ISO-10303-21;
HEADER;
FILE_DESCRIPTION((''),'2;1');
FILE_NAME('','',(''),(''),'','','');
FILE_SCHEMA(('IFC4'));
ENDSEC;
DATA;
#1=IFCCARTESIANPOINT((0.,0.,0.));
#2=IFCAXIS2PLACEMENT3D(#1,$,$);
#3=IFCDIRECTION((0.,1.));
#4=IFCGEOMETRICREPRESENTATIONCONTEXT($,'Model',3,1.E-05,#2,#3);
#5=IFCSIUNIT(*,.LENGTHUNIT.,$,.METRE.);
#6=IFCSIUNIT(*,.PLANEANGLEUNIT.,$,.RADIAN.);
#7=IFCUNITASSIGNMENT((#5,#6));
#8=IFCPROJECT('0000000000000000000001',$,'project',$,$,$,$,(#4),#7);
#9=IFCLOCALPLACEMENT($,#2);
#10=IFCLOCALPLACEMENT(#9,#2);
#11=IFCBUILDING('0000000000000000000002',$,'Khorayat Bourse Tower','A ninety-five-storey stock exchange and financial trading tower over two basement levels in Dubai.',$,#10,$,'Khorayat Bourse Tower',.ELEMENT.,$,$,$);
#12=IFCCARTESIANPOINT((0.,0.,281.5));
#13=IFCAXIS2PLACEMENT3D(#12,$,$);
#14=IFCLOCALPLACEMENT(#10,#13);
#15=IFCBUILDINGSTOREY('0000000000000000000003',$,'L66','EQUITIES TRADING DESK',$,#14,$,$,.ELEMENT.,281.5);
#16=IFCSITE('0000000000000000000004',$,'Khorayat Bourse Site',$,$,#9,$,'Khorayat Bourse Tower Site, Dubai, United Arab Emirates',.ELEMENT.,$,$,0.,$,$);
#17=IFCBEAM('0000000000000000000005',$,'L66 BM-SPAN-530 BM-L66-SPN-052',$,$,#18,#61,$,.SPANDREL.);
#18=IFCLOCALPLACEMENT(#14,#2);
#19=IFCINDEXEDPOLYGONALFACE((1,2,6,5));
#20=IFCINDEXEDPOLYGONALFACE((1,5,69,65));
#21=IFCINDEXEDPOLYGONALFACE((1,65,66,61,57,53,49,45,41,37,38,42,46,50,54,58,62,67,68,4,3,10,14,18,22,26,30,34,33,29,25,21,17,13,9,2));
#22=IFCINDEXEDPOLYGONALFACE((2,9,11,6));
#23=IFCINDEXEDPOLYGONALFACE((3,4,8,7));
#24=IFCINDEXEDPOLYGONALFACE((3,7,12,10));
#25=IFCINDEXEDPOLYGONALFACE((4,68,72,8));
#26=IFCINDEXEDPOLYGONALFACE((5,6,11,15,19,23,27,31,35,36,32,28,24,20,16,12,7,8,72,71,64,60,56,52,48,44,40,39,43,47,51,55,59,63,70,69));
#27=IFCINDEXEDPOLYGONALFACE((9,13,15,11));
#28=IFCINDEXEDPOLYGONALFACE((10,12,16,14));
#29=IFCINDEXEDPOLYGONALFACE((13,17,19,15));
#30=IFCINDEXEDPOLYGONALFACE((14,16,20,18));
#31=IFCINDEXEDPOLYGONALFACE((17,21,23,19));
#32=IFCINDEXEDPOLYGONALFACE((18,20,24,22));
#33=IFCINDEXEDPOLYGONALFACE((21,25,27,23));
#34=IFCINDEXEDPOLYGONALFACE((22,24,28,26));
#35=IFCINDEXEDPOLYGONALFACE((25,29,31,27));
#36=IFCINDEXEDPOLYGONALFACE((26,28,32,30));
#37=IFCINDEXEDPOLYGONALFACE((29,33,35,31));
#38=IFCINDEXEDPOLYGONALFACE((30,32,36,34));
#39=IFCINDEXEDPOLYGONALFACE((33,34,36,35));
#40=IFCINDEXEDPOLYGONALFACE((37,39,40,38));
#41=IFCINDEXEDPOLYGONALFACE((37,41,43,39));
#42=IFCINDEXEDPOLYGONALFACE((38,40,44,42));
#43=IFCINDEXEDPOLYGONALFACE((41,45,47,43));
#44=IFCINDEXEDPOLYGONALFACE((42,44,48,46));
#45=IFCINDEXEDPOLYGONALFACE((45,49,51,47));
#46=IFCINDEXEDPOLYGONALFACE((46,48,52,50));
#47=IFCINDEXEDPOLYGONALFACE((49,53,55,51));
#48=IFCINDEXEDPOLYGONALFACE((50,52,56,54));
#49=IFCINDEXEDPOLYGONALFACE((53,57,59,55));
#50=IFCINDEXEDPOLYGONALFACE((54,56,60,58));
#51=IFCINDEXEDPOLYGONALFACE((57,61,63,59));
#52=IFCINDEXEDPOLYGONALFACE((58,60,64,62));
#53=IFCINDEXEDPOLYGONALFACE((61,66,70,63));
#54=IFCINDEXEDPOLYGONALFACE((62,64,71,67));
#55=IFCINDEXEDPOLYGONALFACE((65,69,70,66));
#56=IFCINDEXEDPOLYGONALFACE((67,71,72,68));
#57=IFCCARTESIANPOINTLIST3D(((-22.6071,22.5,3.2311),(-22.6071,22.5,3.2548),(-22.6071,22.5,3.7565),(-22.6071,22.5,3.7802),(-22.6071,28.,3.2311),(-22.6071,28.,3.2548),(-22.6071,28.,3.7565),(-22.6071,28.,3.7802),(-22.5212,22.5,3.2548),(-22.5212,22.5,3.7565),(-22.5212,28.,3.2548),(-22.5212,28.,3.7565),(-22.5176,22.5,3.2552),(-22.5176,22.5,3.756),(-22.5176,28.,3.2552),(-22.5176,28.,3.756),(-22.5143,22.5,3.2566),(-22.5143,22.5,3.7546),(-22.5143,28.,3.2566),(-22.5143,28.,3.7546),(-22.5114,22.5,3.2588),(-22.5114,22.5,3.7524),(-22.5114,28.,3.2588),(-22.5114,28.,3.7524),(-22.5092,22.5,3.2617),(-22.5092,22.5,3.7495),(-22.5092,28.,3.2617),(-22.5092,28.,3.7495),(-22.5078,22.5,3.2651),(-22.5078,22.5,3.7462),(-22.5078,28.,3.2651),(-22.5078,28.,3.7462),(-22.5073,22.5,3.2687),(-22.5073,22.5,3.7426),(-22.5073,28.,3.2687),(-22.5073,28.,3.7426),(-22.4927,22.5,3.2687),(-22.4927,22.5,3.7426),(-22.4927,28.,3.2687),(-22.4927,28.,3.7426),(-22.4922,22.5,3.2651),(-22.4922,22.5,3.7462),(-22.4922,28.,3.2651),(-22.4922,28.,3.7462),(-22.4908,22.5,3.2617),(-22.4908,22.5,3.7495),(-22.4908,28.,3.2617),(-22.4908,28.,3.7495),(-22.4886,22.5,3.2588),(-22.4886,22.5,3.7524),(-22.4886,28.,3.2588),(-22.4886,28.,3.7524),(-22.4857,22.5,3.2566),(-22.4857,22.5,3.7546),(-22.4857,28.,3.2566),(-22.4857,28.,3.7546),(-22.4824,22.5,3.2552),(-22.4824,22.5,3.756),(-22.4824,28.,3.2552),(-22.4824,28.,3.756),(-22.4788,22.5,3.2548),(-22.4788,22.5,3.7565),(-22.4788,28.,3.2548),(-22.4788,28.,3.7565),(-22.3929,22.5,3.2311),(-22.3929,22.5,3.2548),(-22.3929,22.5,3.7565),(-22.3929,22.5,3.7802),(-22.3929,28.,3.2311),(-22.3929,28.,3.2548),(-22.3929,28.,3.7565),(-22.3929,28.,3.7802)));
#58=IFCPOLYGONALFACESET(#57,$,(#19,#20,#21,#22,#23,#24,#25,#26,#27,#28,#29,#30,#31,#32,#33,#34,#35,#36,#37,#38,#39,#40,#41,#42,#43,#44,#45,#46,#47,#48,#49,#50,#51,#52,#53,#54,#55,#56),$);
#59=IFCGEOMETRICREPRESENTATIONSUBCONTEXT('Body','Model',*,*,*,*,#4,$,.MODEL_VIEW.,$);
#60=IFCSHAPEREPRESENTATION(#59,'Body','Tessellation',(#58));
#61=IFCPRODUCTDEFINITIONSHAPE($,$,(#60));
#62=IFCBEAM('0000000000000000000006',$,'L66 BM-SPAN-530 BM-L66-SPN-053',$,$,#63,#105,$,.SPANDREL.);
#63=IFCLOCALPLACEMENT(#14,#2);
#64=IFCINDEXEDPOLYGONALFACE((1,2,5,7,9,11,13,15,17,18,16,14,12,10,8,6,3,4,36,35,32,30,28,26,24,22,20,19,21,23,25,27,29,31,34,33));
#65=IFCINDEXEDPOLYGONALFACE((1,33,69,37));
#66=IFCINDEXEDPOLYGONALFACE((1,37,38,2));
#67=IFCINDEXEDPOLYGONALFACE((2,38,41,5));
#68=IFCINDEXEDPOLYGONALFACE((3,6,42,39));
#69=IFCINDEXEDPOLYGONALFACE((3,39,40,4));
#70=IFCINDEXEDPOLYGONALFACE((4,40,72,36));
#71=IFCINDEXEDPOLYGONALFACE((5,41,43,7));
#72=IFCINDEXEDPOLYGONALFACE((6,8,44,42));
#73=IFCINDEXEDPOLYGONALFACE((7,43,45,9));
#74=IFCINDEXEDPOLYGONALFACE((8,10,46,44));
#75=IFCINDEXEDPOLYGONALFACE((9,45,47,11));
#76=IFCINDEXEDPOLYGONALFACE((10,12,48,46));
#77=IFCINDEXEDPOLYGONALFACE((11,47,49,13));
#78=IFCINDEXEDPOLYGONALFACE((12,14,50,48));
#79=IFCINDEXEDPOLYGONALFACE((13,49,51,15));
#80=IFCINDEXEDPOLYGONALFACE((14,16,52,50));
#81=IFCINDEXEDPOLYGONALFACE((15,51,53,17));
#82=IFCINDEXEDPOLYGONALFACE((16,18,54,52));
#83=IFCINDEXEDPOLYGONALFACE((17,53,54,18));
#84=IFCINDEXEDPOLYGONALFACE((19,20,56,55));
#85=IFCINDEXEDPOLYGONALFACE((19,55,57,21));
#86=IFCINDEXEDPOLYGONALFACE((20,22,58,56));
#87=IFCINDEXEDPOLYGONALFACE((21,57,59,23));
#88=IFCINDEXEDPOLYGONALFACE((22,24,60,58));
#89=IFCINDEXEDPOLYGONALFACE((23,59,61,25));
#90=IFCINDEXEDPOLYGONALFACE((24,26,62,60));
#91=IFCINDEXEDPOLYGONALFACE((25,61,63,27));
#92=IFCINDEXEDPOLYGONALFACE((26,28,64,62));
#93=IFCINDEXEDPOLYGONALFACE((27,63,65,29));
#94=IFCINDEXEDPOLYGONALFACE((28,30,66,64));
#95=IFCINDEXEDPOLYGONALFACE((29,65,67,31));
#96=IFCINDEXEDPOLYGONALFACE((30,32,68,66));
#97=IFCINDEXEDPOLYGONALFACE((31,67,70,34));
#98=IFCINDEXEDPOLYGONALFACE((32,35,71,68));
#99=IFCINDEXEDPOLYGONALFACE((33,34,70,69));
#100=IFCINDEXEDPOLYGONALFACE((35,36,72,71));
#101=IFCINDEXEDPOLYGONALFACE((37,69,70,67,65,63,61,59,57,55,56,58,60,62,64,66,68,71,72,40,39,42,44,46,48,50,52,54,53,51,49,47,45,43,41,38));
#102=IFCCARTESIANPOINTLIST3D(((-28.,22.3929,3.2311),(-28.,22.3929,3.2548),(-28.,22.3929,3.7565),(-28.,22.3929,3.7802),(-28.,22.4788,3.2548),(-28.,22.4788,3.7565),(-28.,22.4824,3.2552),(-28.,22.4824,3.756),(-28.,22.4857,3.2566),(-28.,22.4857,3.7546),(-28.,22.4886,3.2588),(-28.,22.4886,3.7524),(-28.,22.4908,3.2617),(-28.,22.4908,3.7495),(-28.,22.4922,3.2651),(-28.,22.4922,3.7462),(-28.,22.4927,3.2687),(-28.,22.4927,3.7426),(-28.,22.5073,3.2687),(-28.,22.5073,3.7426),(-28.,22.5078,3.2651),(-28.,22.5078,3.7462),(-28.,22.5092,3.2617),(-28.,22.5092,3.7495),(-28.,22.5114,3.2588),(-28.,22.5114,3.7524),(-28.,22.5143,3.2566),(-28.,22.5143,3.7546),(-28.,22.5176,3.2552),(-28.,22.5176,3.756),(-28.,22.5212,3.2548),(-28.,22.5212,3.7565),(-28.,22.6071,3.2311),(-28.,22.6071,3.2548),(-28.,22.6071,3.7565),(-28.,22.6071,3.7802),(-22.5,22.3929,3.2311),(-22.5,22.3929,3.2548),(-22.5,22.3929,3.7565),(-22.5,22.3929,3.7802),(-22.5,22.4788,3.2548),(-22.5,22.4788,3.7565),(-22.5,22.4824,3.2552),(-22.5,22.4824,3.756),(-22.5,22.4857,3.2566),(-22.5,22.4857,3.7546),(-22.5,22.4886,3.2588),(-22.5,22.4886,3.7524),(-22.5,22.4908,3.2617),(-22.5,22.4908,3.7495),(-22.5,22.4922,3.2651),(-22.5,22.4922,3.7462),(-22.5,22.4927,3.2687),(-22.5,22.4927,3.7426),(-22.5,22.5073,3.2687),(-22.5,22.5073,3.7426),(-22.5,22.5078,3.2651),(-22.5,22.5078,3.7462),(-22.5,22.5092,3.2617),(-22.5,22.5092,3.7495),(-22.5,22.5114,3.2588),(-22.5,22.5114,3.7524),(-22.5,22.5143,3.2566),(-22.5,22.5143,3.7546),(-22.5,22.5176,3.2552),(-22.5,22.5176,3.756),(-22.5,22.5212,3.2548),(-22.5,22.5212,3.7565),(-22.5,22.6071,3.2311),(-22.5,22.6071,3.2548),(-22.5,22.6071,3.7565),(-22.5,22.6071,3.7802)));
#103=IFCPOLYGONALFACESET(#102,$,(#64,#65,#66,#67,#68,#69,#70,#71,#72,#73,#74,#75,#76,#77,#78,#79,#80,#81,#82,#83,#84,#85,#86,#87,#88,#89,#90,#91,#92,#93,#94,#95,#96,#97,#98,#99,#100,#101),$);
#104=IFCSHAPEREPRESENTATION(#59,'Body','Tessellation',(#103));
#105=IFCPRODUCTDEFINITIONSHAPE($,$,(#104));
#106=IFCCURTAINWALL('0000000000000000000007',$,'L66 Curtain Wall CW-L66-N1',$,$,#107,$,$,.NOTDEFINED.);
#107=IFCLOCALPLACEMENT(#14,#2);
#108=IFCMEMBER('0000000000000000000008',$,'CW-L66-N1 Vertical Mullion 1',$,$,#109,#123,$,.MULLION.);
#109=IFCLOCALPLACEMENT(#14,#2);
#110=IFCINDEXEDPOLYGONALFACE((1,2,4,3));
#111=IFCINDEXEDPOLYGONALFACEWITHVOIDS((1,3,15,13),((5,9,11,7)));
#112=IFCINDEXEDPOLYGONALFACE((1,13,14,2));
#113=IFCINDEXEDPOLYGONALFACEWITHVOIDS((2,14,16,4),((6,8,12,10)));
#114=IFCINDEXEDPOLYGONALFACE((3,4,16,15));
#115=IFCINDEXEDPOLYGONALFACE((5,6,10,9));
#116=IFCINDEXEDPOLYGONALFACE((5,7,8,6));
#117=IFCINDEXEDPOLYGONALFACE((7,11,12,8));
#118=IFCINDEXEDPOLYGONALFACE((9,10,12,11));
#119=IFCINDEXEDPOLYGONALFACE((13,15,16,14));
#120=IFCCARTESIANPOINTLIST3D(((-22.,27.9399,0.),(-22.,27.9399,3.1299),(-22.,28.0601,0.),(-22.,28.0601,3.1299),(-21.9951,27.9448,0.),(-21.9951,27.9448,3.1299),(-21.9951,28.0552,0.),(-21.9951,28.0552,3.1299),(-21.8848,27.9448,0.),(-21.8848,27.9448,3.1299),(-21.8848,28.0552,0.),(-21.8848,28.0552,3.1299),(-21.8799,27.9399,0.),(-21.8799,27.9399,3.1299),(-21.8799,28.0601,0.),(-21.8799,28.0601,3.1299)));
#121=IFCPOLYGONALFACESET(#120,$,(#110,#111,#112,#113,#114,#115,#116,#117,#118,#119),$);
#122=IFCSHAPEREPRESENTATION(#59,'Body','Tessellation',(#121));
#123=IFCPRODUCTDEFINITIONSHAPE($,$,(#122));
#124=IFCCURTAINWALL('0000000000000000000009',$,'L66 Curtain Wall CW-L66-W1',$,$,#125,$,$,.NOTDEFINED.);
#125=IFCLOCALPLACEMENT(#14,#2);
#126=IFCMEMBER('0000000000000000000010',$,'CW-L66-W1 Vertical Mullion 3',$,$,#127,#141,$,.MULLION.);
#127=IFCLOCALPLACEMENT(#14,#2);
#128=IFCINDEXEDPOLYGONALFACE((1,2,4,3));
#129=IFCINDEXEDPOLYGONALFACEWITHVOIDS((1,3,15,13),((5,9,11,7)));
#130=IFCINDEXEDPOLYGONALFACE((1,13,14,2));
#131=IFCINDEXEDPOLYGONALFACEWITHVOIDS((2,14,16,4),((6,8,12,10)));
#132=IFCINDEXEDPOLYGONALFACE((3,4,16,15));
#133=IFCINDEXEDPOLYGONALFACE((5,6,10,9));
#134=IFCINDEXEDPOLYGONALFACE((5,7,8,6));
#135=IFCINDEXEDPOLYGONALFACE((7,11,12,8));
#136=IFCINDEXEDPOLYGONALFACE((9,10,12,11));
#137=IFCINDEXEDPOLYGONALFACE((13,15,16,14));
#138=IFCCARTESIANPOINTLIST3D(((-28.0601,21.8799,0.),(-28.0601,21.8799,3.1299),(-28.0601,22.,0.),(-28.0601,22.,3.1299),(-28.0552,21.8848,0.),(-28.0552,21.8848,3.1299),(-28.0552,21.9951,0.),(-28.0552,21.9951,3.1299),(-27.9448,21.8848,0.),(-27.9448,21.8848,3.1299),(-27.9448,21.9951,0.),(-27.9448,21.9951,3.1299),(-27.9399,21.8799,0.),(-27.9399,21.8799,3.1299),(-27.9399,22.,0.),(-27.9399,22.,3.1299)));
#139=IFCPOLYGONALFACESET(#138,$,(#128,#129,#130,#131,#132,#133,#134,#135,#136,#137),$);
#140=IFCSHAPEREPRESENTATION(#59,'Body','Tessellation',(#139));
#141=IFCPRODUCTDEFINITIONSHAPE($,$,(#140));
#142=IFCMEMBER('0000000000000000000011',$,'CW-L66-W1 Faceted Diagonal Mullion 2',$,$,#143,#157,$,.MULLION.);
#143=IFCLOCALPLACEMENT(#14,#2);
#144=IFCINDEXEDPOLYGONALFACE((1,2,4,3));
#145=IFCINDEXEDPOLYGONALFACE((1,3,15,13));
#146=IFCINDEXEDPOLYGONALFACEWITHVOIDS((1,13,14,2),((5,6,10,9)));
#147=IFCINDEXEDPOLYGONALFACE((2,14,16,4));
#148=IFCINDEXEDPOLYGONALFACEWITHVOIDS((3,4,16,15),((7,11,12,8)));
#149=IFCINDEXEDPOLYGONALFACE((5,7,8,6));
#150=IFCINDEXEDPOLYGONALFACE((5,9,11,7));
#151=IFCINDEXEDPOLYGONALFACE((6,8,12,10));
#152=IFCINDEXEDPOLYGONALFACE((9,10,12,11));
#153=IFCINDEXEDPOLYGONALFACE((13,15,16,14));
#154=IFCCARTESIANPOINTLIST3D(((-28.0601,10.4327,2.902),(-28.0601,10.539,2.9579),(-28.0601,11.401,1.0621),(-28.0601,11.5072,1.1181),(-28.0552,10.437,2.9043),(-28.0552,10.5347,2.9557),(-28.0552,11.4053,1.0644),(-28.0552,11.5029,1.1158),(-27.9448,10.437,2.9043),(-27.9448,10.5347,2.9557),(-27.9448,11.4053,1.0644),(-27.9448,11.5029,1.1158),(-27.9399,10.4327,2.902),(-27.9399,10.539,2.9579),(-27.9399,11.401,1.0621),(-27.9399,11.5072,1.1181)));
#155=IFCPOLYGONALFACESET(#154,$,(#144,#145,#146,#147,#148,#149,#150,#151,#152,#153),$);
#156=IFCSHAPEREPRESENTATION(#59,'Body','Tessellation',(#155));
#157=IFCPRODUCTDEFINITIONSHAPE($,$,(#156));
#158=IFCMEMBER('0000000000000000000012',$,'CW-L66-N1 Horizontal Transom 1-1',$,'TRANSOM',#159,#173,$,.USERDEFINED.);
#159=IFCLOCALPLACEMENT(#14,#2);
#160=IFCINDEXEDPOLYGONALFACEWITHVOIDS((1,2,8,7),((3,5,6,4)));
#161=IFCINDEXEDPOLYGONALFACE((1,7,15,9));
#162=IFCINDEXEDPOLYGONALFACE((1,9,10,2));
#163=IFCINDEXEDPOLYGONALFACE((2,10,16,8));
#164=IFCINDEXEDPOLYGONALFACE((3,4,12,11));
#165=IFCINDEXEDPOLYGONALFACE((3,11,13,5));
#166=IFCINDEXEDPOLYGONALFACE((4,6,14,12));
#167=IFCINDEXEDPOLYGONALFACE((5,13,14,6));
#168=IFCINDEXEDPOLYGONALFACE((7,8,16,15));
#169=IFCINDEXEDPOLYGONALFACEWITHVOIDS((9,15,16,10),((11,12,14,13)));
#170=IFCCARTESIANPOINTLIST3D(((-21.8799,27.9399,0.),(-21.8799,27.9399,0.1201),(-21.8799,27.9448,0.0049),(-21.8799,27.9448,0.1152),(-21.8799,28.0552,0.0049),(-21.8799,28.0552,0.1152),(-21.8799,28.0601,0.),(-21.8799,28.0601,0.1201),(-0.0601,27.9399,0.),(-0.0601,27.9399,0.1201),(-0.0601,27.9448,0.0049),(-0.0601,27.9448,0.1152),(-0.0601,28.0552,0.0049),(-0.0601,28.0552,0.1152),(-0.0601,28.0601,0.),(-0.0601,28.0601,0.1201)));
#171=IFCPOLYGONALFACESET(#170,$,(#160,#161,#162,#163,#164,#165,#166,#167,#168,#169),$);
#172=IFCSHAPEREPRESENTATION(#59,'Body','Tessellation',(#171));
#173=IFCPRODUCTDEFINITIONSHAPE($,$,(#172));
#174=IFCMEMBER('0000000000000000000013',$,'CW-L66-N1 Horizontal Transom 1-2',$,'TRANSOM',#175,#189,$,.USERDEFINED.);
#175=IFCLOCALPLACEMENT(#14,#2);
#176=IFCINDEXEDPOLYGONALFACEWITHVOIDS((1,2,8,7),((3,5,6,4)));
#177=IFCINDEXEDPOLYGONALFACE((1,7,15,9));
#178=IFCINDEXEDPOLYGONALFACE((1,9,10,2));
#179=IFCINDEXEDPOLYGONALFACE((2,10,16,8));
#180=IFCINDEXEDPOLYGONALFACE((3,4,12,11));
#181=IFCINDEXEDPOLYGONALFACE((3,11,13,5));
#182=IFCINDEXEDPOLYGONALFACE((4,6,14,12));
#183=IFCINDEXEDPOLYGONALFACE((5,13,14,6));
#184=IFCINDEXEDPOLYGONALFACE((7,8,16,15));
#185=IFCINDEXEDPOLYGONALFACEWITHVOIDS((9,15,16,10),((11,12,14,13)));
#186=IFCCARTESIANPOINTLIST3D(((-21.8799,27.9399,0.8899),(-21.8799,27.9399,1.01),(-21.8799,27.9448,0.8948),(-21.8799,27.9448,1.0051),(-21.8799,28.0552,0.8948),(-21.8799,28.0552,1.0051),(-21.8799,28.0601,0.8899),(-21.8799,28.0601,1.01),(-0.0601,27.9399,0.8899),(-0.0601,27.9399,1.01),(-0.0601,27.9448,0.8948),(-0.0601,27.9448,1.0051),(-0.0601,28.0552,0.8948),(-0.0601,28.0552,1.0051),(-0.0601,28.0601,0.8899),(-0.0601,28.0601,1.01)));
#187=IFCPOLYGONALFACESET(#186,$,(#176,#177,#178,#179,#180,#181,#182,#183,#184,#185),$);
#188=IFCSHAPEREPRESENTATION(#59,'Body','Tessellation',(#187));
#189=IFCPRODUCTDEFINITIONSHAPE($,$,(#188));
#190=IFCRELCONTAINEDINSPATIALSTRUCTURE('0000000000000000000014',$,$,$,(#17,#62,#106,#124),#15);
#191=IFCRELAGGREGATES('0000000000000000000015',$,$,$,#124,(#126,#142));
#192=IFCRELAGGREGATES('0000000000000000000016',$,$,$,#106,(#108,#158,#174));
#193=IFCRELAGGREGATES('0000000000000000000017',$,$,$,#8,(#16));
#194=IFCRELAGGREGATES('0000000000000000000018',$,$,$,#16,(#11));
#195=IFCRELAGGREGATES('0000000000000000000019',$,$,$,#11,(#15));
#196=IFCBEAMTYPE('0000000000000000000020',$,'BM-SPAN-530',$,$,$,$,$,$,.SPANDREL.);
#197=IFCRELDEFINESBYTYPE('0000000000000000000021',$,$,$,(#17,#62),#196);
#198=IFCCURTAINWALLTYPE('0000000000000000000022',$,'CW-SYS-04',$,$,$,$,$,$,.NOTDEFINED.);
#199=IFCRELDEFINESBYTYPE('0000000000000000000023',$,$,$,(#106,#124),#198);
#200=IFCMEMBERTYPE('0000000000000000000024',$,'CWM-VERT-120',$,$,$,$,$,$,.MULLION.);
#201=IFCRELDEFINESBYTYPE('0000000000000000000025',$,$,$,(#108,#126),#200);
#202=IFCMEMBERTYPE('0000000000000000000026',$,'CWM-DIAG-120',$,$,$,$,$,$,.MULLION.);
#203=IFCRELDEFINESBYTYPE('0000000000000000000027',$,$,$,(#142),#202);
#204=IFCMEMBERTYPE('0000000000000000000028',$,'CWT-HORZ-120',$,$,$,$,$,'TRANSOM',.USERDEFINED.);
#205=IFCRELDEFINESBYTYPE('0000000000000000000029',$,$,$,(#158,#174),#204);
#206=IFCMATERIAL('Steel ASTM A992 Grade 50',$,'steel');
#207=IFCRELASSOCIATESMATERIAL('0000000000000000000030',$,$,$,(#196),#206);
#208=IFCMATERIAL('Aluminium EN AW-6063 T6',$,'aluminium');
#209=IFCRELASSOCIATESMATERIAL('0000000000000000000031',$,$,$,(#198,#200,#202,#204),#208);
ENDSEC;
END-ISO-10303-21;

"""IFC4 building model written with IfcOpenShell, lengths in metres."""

from ifc_helpers import new_model, si_unit, direction, frame, origin, origin_2d, place, context, subcontext, project, spatial, hollow_rectangle, i_section, extrude, source, transform, mapped, material, material_profile, profile_set, type_object, element, aggregate, save


model = new_model("IFC4")

# Units and contexts
model_context = context("Model", 3, precision=1e-05, world=origin(), true_north=direction((0.0, 1.0)))
body_context = subcontext(model_context, "Body", "Model", "MODEL_VIEW")
ifc_project = project(units=[si_unit("LENGTHUNIT", "METRE"), si_unit("PLANEANGLEUNIT", "RADIAN")], contexts=[model_context])

# Site, building, storey
site_placement = place(None, origin())
site = spatial("IfcSite", under=ifc_project, at=site_placement, Name="Khorayat Bourse Site", LongName="Khorayat Bourse Tower Site, Dubai, United Arab Emirates", CompositionType="ELEMENT", RefElevation=0.0)
building_placement = place(site_placement, origin())
building = spatial("IfcBuilding", under=site, at=building_placement, Name="Khorayat Bourse Tower", Description="A ninety-five-storey stock exchange and financial trading tower over two basement levels in Dubai.", LongName="Khorayat Bourse Tower", CompositionType="ELEMENT")
storey_placement = place(building_placement, frame((0.0, 0.0, 281.5)))
storey = spatial("IfcBuildingStorey", under=building, at=storey_placement, Name="L66", Description="EQUITIES TRADING DESK", CompositionType="ELEMENT", Elevation=281.5)

# Beams
ifc_material_1 = material(Name="Steel ASTM A992 Grade 50", Category="steel")
ifc_material_profile_1 = material_profile(ifc_material_1, i_section(OverallWidth=0.2141, OverallDepth=0.5491, WebThickness=0.0146, FlangeThickness=0.0237, FilletRadius=0.0139, at=origin_2d()), Name="W530X138")
ifc_profile_set_1 = profile_set([ifc_material_profile_1], Name="Steel ASTM A992 Grade 50")
beam_type_1 = type_object("IfcBeamType", Name="BM-SPAN-530", PredefinedType="SPANDREL", material=ifc_profile_set_1)
shared_shape_1 = source(origin(), body_context, "Body", "SweptSolid", [
    extrude(i_section(OverallWidth=0.2141, OverallDepth=0.5491, WebThickness=0.0146, FlangeThickness=0.0237, FilletRadius=0.0139, at=origin_2d()), origin(), (0.0, 0.0, 1.0), 5.5),
])
for number, where, z_axis, x_axis, name in (
    (1, (-22.5, 22.5, 3.5056), (0.0, 1.0, 0.0), (-1.0, 0.0, 0.0), "L66 BM-SPAN-530 BM-L66-SPN-052"),
    (2, (-28.0, 22.5, 3.5056), (1.0, 0.0, 0.0), (0.0, 1.0, 0.0), "L66 BM-SPAN-530 BM-L66-SPN-053"),
):
    element("IfcBeam", number, at=place(storey_placement, frame(where, z_axis=z_axis, x_axis=x_axis)), inside=storey, type_object=beam_type_1, Name=name, PredefinedType="SPANDREL", context=body_context, shape_type="MappedRepresentation", body=[
        mapped(shared_shape_1, transform((0.0, 0.0, 0.0), scale=1.0)),
    ])

# Curtain wall, member
ifc_material_2 = material(Name="Aluminium EN AW-6063 T6", Category="aluminium")
curtain_wall_type = type_object("IfcCurtainWallType", Name="CW-SYS-04", PredefinedType="NOTDEFINED", material=ifc_material_2)
curtain_wall_1_placement = place(storey_placement, origin())
curtain_wall_1 = element("IfcCurtainWall", 3, at=curtain_wall_1_placement, inside=storey, type_object=curtain_wall_type, Name="L66 Curtain Wall CW-L66-N1", PredefinedType="NOTDEFINED")
ifc_material_profile_2 = material_profile(ifc_material_2, hollow_rectangle(XDim=0.1201, YDim=0.1201, WallThickness=0.0049, at=origin_2d()), Name="ALU 120x120x5")
ifc_profile_set_2 = profile_set([ifc_material_profile_2], Name="Aluminium EN AW-6063 T6")
member_type_1 = type_object("IfcMemberType", Name="CWM-VERT-120", PredefinedType="MULLION", material=ifc_profile_set_2)
shared_shape_2 = source(origin(), body_context, "Body", "SweptSolid", [
    extrude(hollow_rectangle(XDim=0.1201, YDim=0.1201, WallThickness=0.0049, at=origin_2d()), origin(), (0.0, 0.0, 1.0), 3.1299),
])
member_1_placement = place(storey_placement, frame((-21.9399, 28.0, 0.0), z_axis=(0.0, 0.0, 1.0), x_axis=(0.0, 1.0, 0.0)))
member_1 = element("IfcMember", 4, at=member_1_placement, type_object=member_type_1, Name="CW-L66-N1 Vertical Mullion 1", PredefinedType="MULLION", context=body_context, shape_type="MappedRepresentation", body=[
    mapped(shared_shape_2, transform((0.0, 0.0, 0.0), scale=1.0)),
])

# Curtain wall, members
curtain_wall_2_placement = place(storey_placement, origin())
curtain_wall_2 = element("IfcCurtainWall", 5, at=curtain_wall_2_placement, inside=storey, type_object=curtain_wall_type, Name="L66 Curtain Wall CW-L66-W1", PredefinedType="NOTDEFINED")
member_2_placement = place(storey_placement, frame((-28.0, 21.9399, 0.0), z_axis=(0.0, 0.0, 1.0), x_axis=(-1.0, 0.0, 0.0)))
member_2 = element("IfcMember", 6, at=member_2_placement, type_object=member_type_1, Name="CW-L66-W1 Vertical Mullion 3", PredefinedType="MULLION", context=body_context, shape_type="MappedRepresentation", body=[
    mapped(shared_shape_2, transform((0.0, 0.0, 0.0), scale=1.0)),
])
ifc_material_profile_3 = material_profile(ifc_material_2, hollow_rectangle(XDim=0.1201, YDim=0.1201, WallThickness=0.0049, at=origin_2d()), Name="ALU 120x120x5")
ifc_profile_set_3 = profile_set([ifc_material_profile_3], Name="Aluminium EN AW-6063 T6")
member_type_2 = type_object("IfcMemberType", Name="CWM-DIAG-120", PredefinedType="MULLION", material=ifc_profile_set_3)
shared_shape_3 = source(origin(), body_context, "Body", "SweptSolid", [
    extrude(hollow_rectangle(XDim=0.1201, YDim=0.1201, WallThickness=0.0049, at=origin_2d()), origin(), (0.0, 0.0, 1.0), 2.0791),
])
member_3_placement = place(storey_placement, frame((-28.0, 11.4541, 1.0901), z_axis=(0.0, -0.465717, 0.884934), x_axis=(1.0, 0.0, 0.0)))
member_3 = element("IfcMember", 7, at=member_3_placement, type_object=member_type_2, Name="CW-L66-W1 Faceted Diagonal Mullion 2", PredefinedType="MULLION", context=body_context, shape_type="MappedRepresentation", body=[
    mapped(shared_shape_3, transform((0.0, 0.0, 0.0), scale=1.0)),
])
aggregate(curtain_wall_2, [member_2, member_3])

# Members
ifc_material_profile_4 = material_profile(ifc_material_2, hollow_rectangle(XDim=0.1201, YDim=0.1201, WallThickness=0.0049, at=origin_2d()), Name="ALU 120x120x5")
ifc_profile_set_4 = profile_set([ifc_material_profile_4], Name="Aluminium EN AW-6063 T6")
member_type_3 = type_object("IfcMemberType", Name="CWT-HORZ-120", ElementType="TRANSOM", PredefinedType="USERDEFINED", material=ifc_profile_set_4)
shared_shape_4 = source(origin(), body_context, "Body", "SweptSolid", [
    extrude(hollow_rectangle(XDim=0.1201, YDim=0.1201, WallThickness=0.0049, at=origin_2d()), origin(), (0.0, 0.0, 1.0), 21.8198),
])
member_4_placement = place(storey_placement, frame((-21.8799, 28.0, 0.0601), z_axis=(1.0, 0.0, 0.0), x_axis=(0.0, 1.0, 0.0)))
member_4 = element("IfcMember", 8, at=member_4_placement, type_object=member_type_3, Name="CW-L66-N1 Horizontal Transom 1-1", ObjectType="TRANSOM", PredefinedType="USERDEFINED", context=body_context, shape_type="MappedRepresentation", body=[
    mapped(shared_shape_4, transform((0.0, 0.0, 0.0), scale=1.0)),
])
member_5_placement = place(storey_placement, frame((-21.8799, 28.0, 0.95), z_axis=(1.0, 0.0, 0.0), x_axis=(0.0, 1.0, 0.0)))
member_5 = element("IfcMember", 9, at=member_5_placement, type_object=member_type_3, Name="CW-L66-N1 Horizontal Transom 1-2", ObjectType="TRANSOM", PredefinedType="USERDEFINED", context=body_context, shape_type="MappedRepresentation", body=[
    mapped(shared_shape_4, transform((0.0, 0.0, 0.0), scale=1.0)),
])
aggregate(curtain_wall_1, [member_1, member_4, member_5])

save(model, "model.ifc")
